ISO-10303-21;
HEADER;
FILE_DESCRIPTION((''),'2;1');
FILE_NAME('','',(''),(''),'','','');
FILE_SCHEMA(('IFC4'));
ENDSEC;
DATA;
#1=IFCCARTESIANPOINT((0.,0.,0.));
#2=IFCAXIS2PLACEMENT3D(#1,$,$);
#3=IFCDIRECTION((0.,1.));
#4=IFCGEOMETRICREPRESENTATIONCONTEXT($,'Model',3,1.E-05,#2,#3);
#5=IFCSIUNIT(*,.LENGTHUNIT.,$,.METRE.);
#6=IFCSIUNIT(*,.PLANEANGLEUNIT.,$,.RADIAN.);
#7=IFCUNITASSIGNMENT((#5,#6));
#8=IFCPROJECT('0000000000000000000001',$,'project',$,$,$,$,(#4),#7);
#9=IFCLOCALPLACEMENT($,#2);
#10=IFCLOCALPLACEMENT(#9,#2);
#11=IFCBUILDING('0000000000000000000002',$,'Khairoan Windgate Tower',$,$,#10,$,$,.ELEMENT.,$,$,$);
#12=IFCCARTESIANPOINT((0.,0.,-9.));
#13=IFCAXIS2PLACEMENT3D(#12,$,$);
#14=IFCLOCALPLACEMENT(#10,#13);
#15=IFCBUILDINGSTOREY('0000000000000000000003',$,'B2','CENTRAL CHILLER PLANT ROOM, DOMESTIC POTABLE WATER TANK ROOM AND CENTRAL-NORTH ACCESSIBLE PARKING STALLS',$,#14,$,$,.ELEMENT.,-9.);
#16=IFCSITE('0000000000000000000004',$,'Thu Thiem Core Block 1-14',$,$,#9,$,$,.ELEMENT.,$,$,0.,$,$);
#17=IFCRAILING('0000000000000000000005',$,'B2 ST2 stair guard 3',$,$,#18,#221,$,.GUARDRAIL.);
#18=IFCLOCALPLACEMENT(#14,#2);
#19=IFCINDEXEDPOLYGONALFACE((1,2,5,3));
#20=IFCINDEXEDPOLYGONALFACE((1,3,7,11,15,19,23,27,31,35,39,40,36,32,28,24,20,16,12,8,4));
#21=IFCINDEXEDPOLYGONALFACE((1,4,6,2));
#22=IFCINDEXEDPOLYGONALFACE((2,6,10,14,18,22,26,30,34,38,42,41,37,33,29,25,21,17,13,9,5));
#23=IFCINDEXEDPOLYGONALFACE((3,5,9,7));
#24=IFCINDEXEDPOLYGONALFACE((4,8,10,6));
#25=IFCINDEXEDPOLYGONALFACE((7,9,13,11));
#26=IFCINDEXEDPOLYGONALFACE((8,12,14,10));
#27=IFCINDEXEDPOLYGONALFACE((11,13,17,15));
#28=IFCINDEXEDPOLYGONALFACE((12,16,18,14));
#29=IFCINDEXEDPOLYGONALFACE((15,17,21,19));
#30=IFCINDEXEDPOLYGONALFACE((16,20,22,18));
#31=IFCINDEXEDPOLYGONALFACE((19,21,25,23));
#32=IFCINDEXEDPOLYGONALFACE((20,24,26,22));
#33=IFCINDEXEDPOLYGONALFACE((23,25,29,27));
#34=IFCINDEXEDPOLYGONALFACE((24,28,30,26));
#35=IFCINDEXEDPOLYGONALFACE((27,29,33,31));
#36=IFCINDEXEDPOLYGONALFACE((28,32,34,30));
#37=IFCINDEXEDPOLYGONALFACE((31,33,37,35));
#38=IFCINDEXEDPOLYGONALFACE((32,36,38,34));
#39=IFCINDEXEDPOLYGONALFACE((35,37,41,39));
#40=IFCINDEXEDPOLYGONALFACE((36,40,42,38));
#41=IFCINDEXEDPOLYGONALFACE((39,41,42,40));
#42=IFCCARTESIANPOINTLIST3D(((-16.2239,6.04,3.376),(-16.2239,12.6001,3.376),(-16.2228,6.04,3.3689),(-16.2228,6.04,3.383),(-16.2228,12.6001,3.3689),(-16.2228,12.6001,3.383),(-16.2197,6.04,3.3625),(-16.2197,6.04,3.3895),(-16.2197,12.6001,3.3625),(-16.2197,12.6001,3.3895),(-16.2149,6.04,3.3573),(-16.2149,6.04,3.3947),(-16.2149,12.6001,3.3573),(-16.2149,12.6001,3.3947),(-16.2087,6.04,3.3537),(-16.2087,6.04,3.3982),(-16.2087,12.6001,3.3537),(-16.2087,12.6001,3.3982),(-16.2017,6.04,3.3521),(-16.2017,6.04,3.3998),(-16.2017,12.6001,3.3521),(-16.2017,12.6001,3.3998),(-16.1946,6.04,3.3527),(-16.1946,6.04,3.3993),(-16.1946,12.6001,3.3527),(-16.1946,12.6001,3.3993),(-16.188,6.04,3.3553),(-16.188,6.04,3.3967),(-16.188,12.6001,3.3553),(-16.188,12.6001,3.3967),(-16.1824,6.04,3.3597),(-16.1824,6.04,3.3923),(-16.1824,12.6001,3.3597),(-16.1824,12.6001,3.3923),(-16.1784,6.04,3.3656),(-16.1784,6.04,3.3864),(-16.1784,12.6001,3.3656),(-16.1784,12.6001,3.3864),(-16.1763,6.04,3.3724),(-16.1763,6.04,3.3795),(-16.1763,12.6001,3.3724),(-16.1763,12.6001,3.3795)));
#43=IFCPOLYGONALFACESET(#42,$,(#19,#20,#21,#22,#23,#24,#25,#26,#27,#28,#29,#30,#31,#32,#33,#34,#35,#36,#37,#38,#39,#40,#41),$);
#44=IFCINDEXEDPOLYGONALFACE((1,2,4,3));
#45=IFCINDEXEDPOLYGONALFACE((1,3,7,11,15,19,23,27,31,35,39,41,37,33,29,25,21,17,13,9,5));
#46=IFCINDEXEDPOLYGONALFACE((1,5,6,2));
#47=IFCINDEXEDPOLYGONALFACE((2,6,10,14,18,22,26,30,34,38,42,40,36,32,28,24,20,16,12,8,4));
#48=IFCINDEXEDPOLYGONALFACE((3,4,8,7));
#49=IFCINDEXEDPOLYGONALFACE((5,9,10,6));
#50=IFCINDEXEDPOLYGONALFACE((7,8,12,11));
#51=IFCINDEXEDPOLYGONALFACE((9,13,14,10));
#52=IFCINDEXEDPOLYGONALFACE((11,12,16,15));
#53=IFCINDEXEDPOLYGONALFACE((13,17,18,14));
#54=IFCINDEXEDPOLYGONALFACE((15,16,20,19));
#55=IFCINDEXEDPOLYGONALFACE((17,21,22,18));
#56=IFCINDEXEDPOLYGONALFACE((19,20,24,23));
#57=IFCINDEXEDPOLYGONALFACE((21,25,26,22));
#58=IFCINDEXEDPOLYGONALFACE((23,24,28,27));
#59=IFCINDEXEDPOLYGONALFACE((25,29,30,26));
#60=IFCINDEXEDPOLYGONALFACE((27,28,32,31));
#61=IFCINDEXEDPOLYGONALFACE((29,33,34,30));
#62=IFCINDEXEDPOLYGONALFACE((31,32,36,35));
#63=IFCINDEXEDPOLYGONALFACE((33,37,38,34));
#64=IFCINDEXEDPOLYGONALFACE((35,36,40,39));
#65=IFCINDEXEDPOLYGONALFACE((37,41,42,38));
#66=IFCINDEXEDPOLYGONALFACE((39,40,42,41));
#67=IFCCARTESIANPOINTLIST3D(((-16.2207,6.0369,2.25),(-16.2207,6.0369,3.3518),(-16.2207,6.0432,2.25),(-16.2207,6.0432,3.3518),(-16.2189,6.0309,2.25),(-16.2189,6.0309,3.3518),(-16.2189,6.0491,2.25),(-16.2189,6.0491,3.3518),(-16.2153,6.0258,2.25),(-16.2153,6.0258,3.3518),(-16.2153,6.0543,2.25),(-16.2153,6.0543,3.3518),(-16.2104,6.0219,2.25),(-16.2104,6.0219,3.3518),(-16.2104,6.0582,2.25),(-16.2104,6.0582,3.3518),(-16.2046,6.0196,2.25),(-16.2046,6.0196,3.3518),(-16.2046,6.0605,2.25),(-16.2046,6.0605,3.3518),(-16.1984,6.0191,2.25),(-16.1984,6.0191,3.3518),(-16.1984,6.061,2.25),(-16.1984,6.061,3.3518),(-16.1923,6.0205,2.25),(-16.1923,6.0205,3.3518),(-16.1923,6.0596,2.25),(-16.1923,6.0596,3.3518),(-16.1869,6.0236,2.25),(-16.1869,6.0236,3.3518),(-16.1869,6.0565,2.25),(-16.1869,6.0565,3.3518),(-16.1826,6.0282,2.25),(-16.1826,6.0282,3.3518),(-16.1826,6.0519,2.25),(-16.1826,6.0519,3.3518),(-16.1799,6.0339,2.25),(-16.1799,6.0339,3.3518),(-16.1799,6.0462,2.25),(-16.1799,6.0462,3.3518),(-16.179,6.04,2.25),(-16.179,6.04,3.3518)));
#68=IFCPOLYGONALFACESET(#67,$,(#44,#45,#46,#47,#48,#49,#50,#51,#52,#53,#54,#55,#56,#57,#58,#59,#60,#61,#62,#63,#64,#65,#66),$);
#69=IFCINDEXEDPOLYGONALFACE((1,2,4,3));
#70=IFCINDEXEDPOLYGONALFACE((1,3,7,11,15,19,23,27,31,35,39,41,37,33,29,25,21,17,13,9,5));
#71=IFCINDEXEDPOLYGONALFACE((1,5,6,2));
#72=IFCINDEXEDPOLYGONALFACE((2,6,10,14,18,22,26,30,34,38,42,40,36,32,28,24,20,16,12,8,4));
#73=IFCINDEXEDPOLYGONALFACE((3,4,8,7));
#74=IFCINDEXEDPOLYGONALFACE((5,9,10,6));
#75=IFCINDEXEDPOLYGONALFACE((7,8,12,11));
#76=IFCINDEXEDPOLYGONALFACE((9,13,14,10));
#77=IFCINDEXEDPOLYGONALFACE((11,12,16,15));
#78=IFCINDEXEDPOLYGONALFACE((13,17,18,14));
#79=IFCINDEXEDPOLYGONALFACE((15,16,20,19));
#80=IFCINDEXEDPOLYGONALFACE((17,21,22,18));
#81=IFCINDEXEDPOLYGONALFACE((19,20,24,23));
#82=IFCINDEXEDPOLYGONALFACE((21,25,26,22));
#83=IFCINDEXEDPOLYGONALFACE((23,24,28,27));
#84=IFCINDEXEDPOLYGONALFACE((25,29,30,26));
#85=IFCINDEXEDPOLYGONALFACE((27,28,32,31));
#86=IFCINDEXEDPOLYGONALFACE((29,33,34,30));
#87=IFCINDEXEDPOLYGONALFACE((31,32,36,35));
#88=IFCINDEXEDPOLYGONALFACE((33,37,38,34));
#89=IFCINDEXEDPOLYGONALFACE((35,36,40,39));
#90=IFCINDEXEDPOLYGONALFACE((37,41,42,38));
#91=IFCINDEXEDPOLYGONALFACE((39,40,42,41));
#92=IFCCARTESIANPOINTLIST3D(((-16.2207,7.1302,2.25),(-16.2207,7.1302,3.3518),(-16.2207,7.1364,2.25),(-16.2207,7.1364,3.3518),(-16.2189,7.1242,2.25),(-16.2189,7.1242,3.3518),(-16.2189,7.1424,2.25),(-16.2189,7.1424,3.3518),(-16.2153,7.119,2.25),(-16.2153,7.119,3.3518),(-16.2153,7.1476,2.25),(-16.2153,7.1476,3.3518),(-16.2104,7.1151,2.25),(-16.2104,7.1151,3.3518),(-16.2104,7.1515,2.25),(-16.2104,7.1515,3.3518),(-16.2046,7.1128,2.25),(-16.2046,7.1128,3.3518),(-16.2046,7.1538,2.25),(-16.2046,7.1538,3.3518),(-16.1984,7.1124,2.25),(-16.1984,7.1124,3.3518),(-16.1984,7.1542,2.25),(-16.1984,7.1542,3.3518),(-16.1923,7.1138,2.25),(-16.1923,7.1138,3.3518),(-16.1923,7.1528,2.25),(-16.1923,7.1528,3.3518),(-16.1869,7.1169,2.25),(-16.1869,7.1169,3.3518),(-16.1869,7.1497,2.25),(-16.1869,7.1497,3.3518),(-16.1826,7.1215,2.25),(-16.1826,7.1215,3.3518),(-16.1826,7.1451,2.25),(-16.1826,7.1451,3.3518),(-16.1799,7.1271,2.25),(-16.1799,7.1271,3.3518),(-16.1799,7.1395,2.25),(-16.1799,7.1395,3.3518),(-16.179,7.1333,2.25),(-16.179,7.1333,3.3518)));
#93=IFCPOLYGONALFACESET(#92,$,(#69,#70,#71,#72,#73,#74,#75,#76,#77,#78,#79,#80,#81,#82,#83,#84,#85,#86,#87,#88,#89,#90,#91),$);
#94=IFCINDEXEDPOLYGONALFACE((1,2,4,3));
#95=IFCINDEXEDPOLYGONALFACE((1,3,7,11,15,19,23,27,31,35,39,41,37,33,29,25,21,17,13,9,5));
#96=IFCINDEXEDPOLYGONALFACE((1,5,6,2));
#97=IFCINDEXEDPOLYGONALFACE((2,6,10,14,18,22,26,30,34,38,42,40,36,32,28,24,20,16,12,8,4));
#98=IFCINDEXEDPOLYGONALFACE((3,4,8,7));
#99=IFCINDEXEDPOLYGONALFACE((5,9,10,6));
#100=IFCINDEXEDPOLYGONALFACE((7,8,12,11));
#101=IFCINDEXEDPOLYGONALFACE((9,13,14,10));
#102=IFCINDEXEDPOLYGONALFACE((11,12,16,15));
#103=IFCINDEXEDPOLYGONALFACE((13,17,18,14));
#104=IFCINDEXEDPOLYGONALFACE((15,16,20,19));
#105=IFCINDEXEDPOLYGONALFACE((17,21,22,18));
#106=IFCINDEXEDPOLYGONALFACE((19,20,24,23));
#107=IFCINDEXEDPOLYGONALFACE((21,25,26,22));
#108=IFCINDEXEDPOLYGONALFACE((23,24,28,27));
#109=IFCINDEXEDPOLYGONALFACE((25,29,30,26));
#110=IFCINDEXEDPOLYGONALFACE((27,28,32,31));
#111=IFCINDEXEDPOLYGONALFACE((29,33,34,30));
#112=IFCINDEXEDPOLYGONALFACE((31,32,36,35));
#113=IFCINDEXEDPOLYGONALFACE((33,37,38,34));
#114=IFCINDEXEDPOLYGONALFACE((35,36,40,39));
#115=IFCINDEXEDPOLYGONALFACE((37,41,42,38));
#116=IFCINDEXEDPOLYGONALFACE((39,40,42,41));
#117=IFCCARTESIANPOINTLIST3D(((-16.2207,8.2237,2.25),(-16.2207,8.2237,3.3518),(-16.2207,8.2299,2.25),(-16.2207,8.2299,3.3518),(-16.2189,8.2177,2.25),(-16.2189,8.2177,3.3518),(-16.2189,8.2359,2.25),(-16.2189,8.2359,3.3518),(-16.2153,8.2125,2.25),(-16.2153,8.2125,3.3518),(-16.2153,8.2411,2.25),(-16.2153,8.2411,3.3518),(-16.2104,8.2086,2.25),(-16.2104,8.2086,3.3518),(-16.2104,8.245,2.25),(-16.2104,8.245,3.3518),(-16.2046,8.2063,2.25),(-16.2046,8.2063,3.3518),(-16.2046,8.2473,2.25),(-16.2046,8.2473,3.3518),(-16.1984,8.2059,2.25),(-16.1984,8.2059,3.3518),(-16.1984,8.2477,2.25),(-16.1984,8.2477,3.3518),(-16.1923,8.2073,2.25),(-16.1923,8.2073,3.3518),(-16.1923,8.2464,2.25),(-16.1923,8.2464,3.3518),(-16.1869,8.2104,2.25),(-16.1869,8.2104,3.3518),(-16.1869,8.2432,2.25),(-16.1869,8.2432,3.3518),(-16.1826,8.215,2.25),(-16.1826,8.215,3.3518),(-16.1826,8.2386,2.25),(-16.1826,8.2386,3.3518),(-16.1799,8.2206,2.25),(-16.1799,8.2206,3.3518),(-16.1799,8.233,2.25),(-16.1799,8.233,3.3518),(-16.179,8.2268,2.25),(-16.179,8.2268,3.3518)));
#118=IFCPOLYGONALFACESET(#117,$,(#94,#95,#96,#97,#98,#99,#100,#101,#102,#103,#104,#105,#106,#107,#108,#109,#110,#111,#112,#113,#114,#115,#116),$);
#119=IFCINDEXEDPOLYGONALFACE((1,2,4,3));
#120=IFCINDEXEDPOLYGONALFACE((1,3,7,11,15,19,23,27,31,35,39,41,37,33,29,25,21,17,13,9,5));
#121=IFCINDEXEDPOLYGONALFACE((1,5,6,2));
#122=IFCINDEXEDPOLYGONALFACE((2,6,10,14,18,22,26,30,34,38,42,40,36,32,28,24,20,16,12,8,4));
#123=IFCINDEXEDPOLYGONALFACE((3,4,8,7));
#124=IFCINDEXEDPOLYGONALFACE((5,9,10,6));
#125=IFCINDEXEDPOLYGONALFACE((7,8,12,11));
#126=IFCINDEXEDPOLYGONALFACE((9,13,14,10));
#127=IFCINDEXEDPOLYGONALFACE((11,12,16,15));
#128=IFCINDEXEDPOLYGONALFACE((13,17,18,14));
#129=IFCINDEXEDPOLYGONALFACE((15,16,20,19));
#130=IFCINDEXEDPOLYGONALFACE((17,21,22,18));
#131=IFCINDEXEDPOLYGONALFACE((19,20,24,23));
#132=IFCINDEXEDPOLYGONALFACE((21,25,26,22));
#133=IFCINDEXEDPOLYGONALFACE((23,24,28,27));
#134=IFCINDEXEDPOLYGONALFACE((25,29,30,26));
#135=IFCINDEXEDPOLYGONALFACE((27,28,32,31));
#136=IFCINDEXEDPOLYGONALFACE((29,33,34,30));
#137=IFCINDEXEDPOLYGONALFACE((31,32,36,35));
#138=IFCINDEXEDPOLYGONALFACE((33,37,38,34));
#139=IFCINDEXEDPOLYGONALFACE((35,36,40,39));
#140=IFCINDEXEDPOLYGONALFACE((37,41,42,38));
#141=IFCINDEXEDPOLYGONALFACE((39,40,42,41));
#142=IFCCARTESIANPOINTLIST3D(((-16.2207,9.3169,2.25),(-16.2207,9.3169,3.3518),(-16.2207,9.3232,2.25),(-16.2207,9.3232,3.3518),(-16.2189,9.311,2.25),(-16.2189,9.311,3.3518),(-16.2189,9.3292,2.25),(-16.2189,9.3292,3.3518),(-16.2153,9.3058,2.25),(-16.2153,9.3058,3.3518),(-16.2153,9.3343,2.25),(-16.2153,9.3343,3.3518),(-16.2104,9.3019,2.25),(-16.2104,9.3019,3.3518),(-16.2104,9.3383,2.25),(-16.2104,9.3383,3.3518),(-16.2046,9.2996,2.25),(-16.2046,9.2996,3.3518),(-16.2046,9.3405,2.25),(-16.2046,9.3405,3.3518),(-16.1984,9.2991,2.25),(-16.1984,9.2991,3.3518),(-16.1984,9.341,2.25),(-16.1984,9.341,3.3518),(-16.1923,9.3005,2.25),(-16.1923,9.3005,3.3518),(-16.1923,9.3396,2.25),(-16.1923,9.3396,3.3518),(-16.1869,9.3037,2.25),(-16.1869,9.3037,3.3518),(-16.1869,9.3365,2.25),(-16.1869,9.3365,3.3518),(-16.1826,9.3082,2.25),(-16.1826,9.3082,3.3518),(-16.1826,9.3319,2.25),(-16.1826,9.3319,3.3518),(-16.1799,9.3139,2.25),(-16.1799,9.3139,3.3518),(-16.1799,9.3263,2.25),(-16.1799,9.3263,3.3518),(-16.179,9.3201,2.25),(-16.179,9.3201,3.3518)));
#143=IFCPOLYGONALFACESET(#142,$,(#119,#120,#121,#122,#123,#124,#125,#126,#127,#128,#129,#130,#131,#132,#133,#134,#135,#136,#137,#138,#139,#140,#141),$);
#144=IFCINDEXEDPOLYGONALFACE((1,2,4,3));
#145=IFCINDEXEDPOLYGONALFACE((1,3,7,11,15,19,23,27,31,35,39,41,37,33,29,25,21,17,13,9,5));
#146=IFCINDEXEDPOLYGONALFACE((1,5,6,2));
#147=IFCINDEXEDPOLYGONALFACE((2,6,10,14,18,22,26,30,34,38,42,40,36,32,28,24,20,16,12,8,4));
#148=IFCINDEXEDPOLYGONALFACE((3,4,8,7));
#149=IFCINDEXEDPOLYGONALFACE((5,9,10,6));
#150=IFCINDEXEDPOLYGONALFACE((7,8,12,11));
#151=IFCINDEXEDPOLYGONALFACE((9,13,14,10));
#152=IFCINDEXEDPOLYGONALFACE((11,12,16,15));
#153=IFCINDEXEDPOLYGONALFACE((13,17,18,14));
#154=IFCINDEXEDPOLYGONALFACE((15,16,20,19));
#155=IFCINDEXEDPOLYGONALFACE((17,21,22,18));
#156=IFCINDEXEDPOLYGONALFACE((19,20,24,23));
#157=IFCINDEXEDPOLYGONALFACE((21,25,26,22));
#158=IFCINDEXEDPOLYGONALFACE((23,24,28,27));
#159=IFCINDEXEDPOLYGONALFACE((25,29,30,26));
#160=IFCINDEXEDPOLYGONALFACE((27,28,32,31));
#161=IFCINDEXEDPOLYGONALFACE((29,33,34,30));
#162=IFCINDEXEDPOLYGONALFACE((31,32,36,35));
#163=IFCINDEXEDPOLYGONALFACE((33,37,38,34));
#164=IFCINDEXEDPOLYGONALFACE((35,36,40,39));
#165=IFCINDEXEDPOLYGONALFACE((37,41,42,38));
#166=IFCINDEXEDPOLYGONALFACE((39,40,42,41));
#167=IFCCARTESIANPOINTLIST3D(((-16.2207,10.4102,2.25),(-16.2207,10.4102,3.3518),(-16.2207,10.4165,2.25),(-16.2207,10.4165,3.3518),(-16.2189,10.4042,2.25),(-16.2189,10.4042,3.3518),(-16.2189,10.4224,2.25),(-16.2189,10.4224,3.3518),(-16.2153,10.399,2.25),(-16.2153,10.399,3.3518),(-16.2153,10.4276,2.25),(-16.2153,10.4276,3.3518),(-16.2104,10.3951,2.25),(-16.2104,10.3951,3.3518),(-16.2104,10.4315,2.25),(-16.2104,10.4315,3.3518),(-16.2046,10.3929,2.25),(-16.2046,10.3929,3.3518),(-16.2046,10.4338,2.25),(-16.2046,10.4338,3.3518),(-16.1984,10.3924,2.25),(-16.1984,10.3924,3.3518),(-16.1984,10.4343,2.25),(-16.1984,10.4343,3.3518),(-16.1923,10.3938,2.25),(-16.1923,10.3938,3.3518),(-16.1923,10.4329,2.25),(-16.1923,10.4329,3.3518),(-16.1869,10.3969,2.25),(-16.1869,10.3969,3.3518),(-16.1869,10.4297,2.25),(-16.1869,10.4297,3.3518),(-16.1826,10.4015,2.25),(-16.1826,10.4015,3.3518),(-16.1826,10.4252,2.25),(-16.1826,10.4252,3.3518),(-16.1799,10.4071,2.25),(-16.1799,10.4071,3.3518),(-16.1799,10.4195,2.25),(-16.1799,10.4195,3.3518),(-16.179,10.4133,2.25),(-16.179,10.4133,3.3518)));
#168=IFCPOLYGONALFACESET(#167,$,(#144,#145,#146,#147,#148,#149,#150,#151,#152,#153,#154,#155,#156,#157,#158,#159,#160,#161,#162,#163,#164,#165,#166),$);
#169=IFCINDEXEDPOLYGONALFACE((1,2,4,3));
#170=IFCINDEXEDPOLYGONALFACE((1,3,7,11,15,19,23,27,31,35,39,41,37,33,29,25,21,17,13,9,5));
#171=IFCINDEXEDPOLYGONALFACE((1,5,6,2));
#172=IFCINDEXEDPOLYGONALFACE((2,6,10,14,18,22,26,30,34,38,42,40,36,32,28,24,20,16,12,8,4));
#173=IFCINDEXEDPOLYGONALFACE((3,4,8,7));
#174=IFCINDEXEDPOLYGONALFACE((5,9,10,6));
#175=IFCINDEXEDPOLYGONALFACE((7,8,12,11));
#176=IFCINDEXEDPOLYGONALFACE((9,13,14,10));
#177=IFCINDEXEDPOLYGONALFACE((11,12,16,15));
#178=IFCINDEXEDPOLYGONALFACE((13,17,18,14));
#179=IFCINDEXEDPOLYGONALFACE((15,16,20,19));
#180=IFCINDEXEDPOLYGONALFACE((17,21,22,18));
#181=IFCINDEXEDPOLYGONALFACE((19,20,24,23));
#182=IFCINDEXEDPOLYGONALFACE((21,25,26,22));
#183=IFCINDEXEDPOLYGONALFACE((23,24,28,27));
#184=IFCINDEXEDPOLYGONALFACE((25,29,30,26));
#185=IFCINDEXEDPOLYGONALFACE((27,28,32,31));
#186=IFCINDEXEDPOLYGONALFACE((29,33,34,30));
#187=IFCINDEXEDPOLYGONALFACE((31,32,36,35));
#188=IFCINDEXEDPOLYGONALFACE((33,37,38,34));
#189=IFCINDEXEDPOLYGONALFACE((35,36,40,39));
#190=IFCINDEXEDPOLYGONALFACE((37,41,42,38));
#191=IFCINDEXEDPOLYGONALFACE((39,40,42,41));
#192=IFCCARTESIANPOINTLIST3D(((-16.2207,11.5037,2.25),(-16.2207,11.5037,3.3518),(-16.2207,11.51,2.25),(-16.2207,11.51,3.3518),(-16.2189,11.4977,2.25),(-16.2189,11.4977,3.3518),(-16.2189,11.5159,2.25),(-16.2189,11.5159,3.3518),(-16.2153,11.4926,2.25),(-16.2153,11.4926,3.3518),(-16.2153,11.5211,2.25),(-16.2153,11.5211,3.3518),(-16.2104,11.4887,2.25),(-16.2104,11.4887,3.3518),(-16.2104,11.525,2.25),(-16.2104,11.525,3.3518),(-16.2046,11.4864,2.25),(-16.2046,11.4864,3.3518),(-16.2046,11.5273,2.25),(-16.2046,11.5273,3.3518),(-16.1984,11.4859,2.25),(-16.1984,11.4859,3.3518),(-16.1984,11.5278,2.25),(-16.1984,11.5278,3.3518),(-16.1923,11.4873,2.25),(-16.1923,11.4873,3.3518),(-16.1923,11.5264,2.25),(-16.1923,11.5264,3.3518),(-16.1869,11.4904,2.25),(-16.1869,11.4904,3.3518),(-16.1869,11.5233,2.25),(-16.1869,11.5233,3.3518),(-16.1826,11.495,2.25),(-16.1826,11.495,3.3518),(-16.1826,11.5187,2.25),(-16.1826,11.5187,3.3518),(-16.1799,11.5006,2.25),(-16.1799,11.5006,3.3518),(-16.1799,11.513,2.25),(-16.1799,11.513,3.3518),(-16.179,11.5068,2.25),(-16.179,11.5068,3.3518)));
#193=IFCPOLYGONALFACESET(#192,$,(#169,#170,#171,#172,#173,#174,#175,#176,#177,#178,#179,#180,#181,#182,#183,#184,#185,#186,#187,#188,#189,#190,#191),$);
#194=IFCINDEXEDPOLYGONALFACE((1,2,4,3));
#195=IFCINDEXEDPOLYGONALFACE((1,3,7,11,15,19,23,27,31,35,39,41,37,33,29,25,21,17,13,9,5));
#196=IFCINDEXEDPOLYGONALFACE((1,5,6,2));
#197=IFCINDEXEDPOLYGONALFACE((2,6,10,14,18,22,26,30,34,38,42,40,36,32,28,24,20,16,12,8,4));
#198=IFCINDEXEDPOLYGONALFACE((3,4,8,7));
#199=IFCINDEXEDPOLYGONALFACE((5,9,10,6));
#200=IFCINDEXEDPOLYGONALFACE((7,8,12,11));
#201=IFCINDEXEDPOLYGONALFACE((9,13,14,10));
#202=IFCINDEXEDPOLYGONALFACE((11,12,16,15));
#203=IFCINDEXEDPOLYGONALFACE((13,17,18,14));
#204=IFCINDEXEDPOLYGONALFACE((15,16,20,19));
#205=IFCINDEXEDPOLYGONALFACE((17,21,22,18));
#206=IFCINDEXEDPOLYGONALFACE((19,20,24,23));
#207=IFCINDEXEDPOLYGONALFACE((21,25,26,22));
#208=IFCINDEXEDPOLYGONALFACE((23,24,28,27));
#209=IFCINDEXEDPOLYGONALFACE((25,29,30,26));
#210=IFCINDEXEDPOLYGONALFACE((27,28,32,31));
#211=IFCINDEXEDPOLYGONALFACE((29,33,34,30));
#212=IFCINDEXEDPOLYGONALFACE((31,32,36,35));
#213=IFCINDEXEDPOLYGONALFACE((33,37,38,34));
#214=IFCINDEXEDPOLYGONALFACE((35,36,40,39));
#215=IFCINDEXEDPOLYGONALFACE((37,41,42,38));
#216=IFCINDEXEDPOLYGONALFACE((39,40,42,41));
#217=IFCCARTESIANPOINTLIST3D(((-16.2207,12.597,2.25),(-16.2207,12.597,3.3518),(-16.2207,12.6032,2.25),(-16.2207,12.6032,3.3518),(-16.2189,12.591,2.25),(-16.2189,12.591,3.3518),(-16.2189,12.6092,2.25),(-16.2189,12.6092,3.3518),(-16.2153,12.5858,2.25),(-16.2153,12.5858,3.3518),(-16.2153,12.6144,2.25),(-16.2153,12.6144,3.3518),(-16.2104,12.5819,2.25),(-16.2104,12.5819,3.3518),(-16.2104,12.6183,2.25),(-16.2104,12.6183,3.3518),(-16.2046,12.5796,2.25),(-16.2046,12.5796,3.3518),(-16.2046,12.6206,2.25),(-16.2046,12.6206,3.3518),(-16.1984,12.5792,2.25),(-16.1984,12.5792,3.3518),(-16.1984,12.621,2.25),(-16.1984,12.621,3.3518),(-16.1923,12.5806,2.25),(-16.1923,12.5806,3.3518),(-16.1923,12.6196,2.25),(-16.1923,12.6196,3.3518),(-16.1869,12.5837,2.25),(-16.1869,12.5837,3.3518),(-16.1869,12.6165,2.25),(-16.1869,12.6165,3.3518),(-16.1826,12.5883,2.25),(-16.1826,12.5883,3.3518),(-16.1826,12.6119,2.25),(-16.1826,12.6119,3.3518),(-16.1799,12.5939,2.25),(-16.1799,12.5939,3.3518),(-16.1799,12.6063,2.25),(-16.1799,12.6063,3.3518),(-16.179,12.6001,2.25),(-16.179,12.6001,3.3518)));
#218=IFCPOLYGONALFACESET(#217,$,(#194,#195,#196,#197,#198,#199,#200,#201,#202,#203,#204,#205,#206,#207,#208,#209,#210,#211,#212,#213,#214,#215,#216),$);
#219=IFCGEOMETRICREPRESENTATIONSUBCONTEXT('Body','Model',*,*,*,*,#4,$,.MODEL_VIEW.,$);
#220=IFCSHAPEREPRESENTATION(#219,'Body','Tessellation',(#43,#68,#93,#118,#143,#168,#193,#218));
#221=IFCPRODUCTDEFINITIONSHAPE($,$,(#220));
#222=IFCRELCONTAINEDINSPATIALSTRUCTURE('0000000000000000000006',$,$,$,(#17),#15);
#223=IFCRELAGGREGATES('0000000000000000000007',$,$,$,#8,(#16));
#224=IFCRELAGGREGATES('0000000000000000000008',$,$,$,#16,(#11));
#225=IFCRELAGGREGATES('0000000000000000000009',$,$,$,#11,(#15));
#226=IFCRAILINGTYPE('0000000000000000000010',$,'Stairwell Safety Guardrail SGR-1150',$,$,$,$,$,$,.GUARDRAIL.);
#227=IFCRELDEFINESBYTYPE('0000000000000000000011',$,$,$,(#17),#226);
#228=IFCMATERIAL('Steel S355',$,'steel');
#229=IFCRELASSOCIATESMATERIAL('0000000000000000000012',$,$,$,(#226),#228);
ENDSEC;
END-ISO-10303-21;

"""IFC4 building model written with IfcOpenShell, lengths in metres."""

from ifc_helpers import new_model, si_unit, direction, frame, origin, origin_2d, place, context, subcontext, project, spatial, circle, extrude, material, type_object, element, save


model = new_model("IFC4")

# Units and contexts
model_context = context("Model", 3, precision=1e-05, world=origin(), true_north=direction((0.0, 1.0)))
body_context = subcontext(model_context, "Body", "Model", "MODEL_VIEW")
ifc_project = project(units=[si_unit("LENGTHUNIT", "METRE"), si_unit("PLANEANGLEUNIT", "RADIAN")], contexts=[model_context])

# Site, building, storey
site_placement = place(None, origin())
site = spatial("IfcSite", under=ifc_project, at=site_placement, Name="Thu Thiem Core Block 1-14", CompositionType="ELEMENT", RefElevation=0.0)
building_placement = place(site_placement, origin())
building = spatial("IfcBuilding", under=site, at=building_placement, Name="Khairoan Windgate Tower", CompositionType="ELEMENT")
storey_placement = place(building_placement, frame((0.0, 0.0, -9.0)))
storey = spatial("IfcBuildingStorey", under=building, at=storey_placement, Name="B2", Description="CENTRAL CHILLER PLANT ROOM, DOMESTIC POTABLE WATER TANK ROOM AND CENTRAL-NORTH ACCESSIBLE PARKING STALLS", CompositionType="ELEMENT", Elevation=-9.0)

# Railing
ifc_material_1 = material(Name="Steel S355", Category="steel")
railing_type = type_object("IfcRailingType", Name="Stairwell Safety Guardrail SGR-1150", PredefinedType="GUARDRAIL", material=ifc_material_1)
railing_1_placement = place(storey_placement, frame((-16.2, 6.04, 2.25)))
element("IfcRailing", 1, at=railing_1_placement, inside=storey, type_object=railing_type, Name="B2 ST2 stair guard 3", PredefinedType="GUARDRAIL", context=body_context, shape_type="SweptSolid", body=[
    extrude(circle(Radius=0.0239, at=origin_2d()), frame((0.0, 0.0, 1.126), z_axis=(0.0, 1.0, 0.0), x_axis=(-1.0, 0.0, 0.0)), (0.0, 0.0, 1.0), 6.5601),
    extrude(circle(Radius=0.021, at=origin_2d()), origin(), (0.0, 0.0, 1.0), 1.1018),
    extrude(circle(Radius=0.021, at=origin_2d()), frame((0.0, 1.0933, 0.0)), (0.0, 0.0, 1.0), 1.1018),
    extrude(circle(Radius=0.021, at=origin_2d()), frame((0.0, 2.1868, 0.0)), (0.0, 0.0, 1.0), 1.1018),
    extrude(circle(Radius=0.021, at=origin_2d()), frame((0.0, 3.28, 0.0)), (0.0, 0.0, 1.0), 1.1018),
    extrude(circle(Radius=0.021, at=origin_2d()), frame((0.0, 4.3733, 0.0)), (0.0, 0.0, 1.0), 1.1018),
    extrude(circle(Radius=0.021, at=origin_2d()), frame((0.0, 5.4668, 0.0)), (0.0, 0.0, 1.0), 1.1018),
    extrude(circle(Radius=0.021, at=origin_2d()), frame((0.0, 6.5601, 0.0)), (0.0, 0.0, 1.0), 1.1018),
])

save(model, "model.ifc")
